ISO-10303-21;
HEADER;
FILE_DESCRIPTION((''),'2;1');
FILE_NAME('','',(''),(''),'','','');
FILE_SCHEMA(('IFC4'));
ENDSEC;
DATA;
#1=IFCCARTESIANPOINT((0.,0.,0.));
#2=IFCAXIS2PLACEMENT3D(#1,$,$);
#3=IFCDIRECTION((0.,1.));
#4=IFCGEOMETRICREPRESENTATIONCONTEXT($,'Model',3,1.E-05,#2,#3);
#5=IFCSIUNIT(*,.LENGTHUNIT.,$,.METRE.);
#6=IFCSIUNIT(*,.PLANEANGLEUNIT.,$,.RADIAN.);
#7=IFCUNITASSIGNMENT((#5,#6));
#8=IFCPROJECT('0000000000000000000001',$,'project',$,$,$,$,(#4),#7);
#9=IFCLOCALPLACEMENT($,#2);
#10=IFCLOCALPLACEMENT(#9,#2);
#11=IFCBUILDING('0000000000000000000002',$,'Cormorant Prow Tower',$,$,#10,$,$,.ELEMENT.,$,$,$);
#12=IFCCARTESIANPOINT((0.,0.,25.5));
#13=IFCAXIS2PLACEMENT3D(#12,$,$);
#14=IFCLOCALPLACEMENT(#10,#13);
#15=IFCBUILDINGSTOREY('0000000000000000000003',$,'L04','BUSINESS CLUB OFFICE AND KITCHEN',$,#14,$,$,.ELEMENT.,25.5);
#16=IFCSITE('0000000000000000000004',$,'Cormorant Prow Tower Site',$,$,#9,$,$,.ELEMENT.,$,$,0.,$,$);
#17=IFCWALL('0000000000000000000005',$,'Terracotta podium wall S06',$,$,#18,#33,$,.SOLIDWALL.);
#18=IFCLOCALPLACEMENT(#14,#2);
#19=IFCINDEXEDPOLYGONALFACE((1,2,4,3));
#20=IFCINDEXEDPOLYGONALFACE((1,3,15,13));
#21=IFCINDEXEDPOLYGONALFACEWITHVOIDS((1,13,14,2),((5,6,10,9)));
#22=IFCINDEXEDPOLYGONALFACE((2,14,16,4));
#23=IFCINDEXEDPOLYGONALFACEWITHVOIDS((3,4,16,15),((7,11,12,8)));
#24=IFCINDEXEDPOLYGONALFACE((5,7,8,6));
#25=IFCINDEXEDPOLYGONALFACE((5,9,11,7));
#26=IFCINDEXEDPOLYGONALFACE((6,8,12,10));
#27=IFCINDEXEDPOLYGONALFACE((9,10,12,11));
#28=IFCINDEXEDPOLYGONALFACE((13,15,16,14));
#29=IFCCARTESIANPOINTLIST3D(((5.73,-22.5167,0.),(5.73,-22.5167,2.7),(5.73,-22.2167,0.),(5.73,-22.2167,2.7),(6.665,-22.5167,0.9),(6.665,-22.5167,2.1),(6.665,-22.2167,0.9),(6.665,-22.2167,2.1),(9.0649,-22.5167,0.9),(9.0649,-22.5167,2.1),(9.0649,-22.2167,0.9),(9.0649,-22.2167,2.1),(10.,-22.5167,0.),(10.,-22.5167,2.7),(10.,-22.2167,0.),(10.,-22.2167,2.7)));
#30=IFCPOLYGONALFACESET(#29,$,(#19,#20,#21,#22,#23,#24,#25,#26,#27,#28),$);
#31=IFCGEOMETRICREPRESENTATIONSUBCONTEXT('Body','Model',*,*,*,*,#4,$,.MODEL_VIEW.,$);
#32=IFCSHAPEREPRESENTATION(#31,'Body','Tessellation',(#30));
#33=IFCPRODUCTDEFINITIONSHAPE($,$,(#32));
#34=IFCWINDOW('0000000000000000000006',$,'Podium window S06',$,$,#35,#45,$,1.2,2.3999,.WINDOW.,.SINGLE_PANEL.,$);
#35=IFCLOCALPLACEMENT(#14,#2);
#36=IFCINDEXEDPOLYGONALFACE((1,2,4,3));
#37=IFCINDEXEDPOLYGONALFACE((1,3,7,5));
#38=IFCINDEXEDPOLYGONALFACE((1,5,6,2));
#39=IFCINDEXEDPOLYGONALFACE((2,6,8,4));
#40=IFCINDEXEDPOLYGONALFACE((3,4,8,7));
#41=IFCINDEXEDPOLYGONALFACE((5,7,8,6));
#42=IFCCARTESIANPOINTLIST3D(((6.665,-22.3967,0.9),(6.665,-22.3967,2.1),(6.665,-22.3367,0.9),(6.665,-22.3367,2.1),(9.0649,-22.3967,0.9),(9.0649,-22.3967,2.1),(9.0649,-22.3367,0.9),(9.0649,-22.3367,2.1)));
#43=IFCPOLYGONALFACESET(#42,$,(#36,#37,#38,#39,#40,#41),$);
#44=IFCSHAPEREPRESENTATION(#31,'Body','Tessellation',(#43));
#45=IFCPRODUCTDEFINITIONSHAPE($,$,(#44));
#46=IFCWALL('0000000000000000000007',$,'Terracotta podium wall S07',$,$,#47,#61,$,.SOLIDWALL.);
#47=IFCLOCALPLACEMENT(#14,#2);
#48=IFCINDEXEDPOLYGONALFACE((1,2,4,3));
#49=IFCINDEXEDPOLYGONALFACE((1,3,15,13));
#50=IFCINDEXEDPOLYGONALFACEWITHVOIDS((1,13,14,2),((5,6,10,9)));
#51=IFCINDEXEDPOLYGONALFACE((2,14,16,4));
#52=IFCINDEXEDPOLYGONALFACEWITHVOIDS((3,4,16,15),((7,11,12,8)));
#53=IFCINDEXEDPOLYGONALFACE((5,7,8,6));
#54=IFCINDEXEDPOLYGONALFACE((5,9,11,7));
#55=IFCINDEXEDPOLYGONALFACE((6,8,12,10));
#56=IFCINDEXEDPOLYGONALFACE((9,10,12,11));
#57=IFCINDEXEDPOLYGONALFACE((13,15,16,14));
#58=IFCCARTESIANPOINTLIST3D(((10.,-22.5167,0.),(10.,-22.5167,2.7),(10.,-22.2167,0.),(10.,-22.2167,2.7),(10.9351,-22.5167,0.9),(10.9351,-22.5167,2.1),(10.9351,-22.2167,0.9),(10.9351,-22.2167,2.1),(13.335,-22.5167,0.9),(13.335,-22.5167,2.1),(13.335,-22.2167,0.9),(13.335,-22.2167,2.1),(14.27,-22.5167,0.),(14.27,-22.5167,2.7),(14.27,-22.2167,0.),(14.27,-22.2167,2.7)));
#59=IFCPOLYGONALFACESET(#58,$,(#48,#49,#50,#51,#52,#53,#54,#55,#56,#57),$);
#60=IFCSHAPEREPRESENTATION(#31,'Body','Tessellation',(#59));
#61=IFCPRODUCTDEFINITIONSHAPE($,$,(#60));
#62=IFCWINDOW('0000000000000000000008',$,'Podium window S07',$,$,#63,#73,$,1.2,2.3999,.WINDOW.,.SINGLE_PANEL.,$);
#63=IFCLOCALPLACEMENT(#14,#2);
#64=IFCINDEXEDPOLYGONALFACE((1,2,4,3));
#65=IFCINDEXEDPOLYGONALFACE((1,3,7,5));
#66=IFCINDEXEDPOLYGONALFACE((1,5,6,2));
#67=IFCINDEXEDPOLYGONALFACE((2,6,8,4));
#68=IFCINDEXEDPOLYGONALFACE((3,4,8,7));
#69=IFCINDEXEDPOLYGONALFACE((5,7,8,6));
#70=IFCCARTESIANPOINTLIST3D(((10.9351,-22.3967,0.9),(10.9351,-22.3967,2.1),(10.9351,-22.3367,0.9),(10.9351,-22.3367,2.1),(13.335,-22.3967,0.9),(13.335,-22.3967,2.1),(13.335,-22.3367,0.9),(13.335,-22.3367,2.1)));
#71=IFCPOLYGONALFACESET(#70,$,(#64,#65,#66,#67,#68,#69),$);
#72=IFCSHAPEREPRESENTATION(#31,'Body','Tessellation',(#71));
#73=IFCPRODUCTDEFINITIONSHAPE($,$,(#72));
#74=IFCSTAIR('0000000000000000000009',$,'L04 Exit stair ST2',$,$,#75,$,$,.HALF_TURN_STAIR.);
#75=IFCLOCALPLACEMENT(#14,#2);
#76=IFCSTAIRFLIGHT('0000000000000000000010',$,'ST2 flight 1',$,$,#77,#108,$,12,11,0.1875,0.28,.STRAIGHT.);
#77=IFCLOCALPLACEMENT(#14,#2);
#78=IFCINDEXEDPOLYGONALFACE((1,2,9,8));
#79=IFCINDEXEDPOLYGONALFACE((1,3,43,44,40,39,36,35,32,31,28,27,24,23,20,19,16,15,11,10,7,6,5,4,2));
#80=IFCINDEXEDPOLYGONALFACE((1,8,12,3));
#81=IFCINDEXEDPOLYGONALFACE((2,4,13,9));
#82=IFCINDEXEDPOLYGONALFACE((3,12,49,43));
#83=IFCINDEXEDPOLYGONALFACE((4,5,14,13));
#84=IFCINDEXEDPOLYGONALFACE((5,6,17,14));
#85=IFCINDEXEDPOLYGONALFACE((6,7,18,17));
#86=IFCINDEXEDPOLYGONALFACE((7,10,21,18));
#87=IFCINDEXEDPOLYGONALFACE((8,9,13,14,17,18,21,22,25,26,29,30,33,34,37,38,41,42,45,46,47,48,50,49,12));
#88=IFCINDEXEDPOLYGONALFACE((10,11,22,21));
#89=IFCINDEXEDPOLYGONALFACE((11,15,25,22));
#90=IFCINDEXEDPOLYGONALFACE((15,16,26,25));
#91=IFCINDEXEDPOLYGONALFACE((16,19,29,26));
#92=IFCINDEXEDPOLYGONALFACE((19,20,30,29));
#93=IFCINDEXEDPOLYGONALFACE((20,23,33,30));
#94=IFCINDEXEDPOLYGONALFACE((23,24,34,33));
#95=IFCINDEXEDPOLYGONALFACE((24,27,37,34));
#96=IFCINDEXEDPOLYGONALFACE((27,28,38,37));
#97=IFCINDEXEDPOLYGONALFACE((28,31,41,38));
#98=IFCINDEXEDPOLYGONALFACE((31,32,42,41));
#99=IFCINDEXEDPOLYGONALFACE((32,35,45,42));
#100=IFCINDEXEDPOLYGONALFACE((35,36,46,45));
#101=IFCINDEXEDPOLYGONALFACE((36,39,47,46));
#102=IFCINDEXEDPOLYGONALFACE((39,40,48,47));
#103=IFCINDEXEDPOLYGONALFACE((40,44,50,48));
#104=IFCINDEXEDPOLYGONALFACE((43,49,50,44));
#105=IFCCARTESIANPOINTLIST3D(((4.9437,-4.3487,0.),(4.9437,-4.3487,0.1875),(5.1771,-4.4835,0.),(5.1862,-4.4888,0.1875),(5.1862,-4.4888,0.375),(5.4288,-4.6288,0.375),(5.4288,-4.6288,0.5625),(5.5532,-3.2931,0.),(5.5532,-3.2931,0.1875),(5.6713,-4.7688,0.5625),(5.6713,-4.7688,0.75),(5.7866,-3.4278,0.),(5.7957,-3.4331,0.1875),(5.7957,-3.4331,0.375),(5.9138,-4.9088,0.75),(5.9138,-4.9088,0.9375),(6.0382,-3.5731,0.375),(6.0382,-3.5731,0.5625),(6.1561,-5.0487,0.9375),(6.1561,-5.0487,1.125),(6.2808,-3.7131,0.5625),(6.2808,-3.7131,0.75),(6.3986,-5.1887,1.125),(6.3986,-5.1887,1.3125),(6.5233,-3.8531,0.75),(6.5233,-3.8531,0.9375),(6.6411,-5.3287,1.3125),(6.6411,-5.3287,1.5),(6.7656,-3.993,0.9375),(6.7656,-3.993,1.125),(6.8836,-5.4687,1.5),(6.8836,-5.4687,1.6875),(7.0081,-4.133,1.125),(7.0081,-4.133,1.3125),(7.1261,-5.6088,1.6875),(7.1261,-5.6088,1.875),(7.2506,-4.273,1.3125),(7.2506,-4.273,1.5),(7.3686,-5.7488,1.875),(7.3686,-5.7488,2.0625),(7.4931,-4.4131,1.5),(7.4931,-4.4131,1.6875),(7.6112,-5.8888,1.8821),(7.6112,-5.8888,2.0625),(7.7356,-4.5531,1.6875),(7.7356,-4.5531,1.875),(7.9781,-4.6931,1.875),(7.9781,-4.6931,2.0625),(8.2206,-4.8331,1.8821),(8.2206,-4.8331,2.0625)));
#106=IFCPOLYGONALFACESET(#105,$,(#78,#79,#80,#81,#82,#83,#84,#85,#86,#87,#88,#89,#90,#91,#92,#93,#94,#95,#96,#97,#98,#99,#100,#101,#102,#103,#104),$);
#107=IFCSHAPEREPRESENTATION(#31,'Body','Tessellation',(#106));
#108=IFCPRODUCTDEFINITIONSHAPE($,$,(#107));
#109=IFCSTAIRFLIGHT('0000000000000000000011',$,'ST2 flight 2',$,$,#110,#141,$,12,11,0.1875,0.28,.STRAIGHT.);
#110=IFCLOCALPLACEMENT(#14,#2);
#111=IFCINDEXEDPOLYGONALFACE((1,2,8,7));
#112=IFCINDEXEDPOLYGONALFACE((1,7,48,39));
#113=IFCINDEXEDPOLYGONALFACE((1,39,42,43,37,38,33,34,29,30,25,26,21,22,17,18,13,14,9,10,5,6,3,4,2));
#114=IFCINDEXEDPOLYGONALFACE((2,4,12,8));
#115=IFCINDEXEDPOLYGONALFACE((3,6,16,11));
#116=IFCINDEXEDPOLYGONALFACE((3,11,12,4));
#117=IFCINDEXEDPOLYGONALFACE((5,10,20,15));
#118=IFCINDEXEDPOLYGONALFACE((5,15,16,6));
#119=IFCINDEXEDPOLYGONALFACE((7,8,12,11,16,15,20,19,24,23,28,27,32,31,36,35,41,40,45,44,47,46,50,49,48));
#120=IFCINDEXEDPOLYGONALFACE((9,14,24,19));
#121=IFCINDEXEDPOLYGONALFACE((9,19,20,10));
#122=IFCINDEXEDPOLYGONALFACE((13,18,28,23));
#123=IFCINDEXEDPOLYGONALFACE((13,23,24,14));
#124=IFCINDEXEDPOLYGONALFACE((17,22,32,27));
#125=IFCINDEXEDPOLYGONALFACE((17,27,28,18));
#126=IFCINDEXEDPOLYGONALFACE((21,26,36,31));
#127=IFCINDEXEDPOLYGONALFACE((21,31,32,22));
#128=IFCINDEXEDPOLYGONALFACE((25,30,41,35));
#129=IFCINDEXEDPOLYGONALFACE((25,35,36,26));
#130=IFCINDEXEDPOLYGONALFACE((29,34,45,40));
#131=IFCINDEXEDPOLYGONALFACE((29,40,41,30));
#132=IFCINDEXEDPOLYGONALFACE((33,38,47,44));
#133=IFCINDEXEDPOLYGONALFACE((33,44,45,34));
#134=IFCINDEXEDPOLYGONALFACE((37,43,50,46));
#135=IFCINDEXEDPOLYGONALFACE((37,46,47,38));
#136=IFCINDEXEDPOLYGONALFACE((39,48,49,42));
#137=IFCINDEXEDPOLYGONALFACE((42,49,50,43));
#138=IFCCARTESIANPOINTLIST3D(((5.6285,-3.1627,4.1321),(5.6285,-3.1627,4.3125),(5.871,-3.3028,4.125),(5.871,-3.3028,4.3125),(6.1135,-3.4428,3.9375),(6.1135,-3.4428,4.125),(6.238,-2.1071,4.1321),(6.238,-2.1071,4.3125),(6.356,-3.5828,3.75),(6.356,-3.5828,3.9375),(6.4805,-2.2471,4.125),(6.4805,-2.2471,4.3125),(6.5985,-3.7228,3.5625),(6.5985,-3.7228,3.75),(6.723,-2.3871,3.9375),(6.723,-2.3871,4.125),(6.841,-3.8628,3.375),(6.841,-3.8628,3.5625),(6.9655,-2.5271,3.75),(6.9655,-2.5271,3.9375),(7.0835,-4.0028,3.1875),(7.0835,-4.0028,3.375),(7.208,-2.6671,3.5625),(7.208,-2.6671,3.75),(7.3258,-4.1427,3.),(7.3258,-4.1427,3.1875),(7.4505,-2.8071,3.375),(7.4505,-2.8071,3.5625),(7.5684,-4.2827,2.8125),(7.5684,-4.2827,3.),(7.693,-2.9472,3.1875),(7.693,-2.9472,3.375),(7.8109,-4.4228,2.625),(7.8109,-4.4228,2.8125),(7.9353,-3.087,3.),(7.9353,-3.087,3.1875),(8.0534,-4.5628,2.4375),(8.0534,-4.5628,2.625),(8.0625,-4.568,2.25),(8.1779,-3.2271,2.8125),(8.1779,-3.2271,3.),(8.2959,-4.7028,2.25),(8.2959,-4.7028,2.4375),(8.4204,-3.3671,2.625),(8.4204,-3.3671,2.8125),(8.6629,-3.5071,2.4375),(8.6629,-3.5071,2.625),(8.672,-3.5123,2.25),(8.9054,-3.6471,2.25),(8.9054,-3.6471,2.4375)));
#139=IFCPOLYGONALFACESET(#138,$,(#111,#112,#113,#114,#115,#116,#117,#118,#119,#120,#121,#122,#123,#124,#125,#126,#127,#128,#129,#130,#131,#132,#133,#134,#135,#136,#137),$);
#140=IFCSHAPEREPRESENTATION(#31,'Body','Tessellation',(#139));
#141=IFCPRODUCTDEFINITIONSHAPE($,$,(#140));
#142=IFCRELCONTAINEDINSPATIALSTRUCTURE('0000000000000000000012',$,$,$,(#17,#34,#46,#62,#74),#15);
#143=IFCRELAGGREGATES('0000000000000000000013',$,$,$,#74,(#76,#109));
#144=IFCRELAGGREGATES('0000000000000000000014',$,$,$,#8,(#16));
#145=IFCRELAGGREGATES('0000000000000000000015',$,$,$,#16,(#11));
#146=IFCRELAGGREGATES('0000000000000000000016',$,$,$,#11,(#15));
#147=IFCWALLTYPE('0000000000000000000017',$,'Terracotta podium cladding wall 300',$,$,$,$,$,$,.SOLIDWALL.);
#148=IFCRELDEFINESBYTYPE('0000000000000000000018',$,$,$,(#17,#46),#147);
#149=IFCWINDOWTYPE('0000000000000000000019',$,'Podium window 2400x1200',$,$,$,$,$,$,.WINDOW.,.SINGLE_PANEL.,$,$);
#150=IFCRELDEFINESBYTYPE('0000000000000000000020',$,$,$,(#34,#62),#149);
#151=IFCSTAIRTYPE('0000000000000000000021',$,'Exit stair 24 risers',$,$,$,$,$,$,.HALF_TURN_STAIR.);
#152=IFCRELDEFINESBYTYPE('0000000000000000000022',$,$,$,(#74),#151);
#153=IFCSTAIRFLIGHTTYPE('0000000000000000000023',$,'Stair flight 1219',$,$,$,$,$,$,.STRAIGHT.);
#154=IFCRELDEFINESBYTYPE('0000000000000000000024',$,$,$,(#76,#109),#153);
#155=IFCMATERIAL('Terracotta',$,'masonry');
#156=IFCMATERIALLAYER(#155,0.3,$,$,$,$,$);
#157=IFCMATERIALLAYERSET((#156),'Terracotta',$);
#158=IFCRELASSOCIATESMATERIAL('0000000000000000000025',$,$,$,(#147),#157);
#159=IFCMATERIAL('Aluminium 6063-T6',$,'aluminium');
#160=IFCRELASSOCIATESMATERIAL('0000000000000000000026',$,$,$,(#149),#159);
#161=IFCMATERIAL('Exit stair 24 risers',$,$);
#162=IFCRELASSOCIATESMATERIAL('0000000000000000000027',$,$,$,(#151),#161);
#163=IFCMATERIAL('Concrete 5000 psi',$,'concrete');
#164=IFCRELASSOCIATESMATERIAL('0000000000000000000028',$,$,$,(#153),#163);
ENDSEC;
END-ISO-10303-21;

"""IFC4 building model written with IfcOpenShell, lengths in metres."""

from ifc_helpers import new_model, si_unit, direction, frame, frame_2d, origin, place, context, subcontext, project, spatial, polyline, rectangle, outline, extrude, material, layer, layer_set, type_object, element, fill, aggregate, save


model = new_model("IFC4")

# Units and contexts
model_context = context("Model", 3, precision=1e-05, world=origin(), true_north=direction((0.0, 1.0)))
body_context = subcontext(model_context, "Body", "Model", "MODEL_VIEW")
ifc_project = project(units=[si_unit("LENGTHUNIT", "METRE"), si_unit("PLANEANGLEUNIT", "RADIAN")], contexts=[model_context])

# Site, building, storey
site_placement = place(None, origin())
site = spatial("IfcSite", under=ifc_project, at=site_placement, Name="Cormorant Prow Tower Site", CompositionType="ELEMENT", RefElevation=0.0)
building_placement = place(site_placement, origin())
building = spatial("IfcBuilding", under=site, at=building_placement, Name="Cormorant Prow Tower", CompositionType="ELEMENT")
storey_placement = place(building_placement, frame((0.0, 0.0, 25.5)))
storey = spatial("IfcBuildingStorey", under=building, at=storey_placement, Name="L04", Description="BUSINESS CLUB OFFICE AND KITCHEN", CompositionType="ELEMENT", Elevation=25.5)

# Walls, openings, windows
ifc_material_1 = material(Name="Terracotta", Category="masonry")
ifc_layer_1 = layer(ifc_material_1, 0.3)
ifc_layer_set_1 = layer_set([ifc_layer_1], Name="Terracotta")
wall_type_1 = type_object("IfcWallType", Name="Terracotta podium cladding wall 300", PredefinedType="SOLIDWALL", material=ifc_layer_set_1)
wall_1_placement = place(storey_placement, frame((5.73, -22.3667, 0.0), z_axis=(0.0, 0.0, 1.0), x_axis=(1.0, 0.0, 0.0)))
wall_1 = element("IfcWall", 1, at=wall_1_placement, inside=storey, type_object=wall_type_1, Name="Terracotta podium wall S06", PredefinedType="SOLIDWALL", context=body_context, shape_type="SweptSolid", body=[
    extrude(rectangle(XDim=4.27, YDim=0.3, at=frame_2d((2.135, 0.0))), origin(), (0.0, 0.0, 1.0), 2.7),
])
opening_1_placement = place(wall_1_placement, frame((0.9351, 0.0, 0.8999)))
opening_1 = element("IfcOpeningElement", 2, at=opening_1_placement, cuts=wall_1, PredefinedType="OPENING", context=body_context, shape_type="SweptSolid", body=[
    extrude(rectangle(XDim=2.3999, YDim=1.2, at=frame_2d((1.2, 0.6001))), frame((0.0, 0.1599, 0.0), z_axis=(0.0, -1.0, 0.0), x_axis=(1.0, 0.0, 0.0)), (0.0, 0.0, 1.0), 0.3201),
])
ifc_material_2 = material(Name="Aluminium 6063-T6", Category="aluminium")
window_type = type_object("IfcWindowType", Name="Podium window 2400x1200", PartitioningType="SINGLE_PANEL", PredefinedType="WINDOW", material=ifc_material_2)
window_1_placement = place(opening_1_placement, origin())
window_1 = element("IfcWindow", 3, at=window_1_placement, inside=storey, type_object=window_type, Name="Podium window S06", OverallHeight=1.2, OverallWidth=2.3999, PartitioningType="SINGLE_PANEL", PredefinedType="WINDOW", context=body_context, shape_type="SweptSolid", body=[
    extrude(rectangle(XDim=2.3999, YDim=1.2, at=frame_2d((1.2, 0.6001))), frame((0.0, 0.03, 0.0), z_axis=(0.0, -1.0, 0.0), x_axis=(1.0, 0.0, 0.0)), (0.0, 0.0, 1.0), 0.0601),
])
fill(opening_1, window_1)
wall_2_placement = place(storey_placement, frame((10.0, -22.3667, 0.0), z_axis=(0.0, 0.0, 1.0), x_axis=(1.0, 0.0, 0.0)))
wall_2 = element("IfcWall", 4, at=wall_2_placement, inside=storey, type_object=wall_type_1, Name="Terracotta podium wall S07", PredefinedType="SOLIDWALL", context=body_context, shape_type="SweptSolid", body=[
    extrude(rectangle(XDim=4.27, YDim=0.3, at=frame_2d((2.135, 0.0))), origin(), (0.0, 0.0, 1.0), 2.7),
])
opening_2_placement = place(wall_2_placement, frame((0.9351, 0.0, 0.8999)))
opening_2 = element("IfcOpeningElement", 5, at=opening_2_placement, cuts=wall_2, PredefinedType="OPENING", context=body_context, shape_type="SweptSolid", body=[
    extrude(rectangle(XDim=2.3999, YDim=1.2, at=frame_2d((1.2, 0.6001))), frame((0.0, 0.1599, 0.0), z_axis=(0.0, -1.0, 0.0), x_axis=(1.0, 0.0, 0.0)), (0.0, 0.0, 1.0), 0.3201),
])
window_2_placement = place(opening_2_placement, origin())
window_2 = element("IfcWindow", 6, at=window_2_placement, inside=storey, type_object=window_type, Name="Podium window S07", OverallHeight=1.2, OverallWidth=2.3999, PartitioningType="SINGLE_PANEL", PredefinedType="WINDOW", context=body_context, shape_type="SweptSolid", body=[
    extrude(rectangle(XDim=2.3999, YDim=1.2, at=frame_2d((1.2, 0.6001))), frame((0.0, 0.03, 0.0), z_axis=(0.0, -1.0, 0.0), x_axis=(1.0, 0.0, 0.0)), (0.0, 0.0, 1.0), 0.0601),
])
fill(opening_2, window_2)

# Stair, stair flights
ifc_material_3 = material(Name="Exit stair 24 risers")
stair_type = type_object("IfcStairType", Name="Exit stair 24 risers", PredefinedType="HALF_TURN_STAIR", material=ifc_material_3)
stair_placement = place(storey_placement, origin())
stair = element("IfcStair", 7, at=stair_placement, inside=storey, type_object=stair_type, Name="L04 Exit stair ST2", PredefinedType="HALF_TURN_STAIR")
ifc_material_4 = material(Name="Concrete 5000 psi", Category="concrete")
stair_flight_type = type_object("IfcStairFlightType", Name="Stair flight 1219", PredefinedType="STRAIGHT", material=ifc_material_4)
stair_flight_1_placement = place(storey_placement, frame((5.2485, -3.8208, 0.0), z_axis=(0.0, 0.0, 1.0), x_axis=(0.866025, -0.5, 0.0)))
stair_flight_1 = element("IfcStairFlight", 8, at=stair_flight_1_placement, type_object=stair_flight_type, Name="ST2 flight 1", NumberOfRisers=12, NumberOfTreads=11, PredefinedType="STRAIGHT", RiserHeight=0.1875, TreadLength=0.28, context=body_context, shape_type="SweptSolid", body=[
    extrude(outline(polyline([(0.0, 0.0), (0.0, 0.1875), (0.28, 0.1875), (0.28, 0.375), (0.5601, 0.375), (0.5601, 0.5625), (0.8401, 0.5625), (0.8401, 0.75), (1.1201, 0.75), (1.1201, 0.9375), (1.3999, 0.9375), (1.3999, 1.125), (1.6799, 1.125), (1.6799, 1.3125), (1.96, 1.3125), (1.96, 1.5), (2.24, 1.5), (2.24, 1.6875), (2.52, 1.6875), (2.52, 1.875), (2.8, 1.875), (2.8, 2.0625), (3.0801, 2.0625), (3.0801, 2.25), (3.0801, 1.8821), (0.2695, 0.0), (0.0, 0.0)])), frame((0.0, 0.6094, 0.0), z_axis=(0.0, -1.0, 0.0), x_axis=(1.0, 0.0, 0.0)), (0.0, 0.0, 1.0), 1.219),
])
stair_flight_2_placement = place(storey_placement, frame((8.6006, -4.175, 2.25), z_axis=(0.0, 0.0, 1.0), x_axis=(-0.866025, 0.5, 0.0)))
stair_flight_2 = element("IfcStairFlight", 9, at=stair_flight_2_placement, type_object=stair_flight_type, Name="ST2 flight 2", NumberOfRisers=12, NumberOfTreads=11, PredefinedType="STRAIGHT", RiserHeight=0.1875, TreadLength=0.28, context=body_context, shape_type="SweptSolid", body=[
    extrude(outline(polyline([(0.0, 0.0), (0.0, 0.1875), (0.28, 0.1875), (0.28, 0.375), (0.5601, 0.375), (0.5601, 0.5625), (0.8401, 0.5625), (0.8401, 0.75), (1.1201, 0.75), (1.1201, 0.9375), (1.3999, 0.9375), (1.3999, 1.125), (1.6799, 1.125), (1.6799, 1.3125), (1.96, 1.3125), (1.96, 1.5), (2.24, 1.5), (2.24, 1.6875), (2.52, 1.6875), (2.52, 1.875), (2.8, 1.875), (2.8, 2.0625), (3.0801, 2.0625), (3.0801, 2.25), (3.0801, 1.8821), (0.2695, 0.0), (0.0, 0.0)])), frame((0.0, 0.6094, 0.0), z_axis=(0.0, -1.0, 0.0), x_axis=(1.0, 0.0, 0.0)), (0.0, 0.0, 1.0), 1.219),
])
aggregate(stair, [stair_flight_1, stair_flight_2])

save(model, "model.ifc")
